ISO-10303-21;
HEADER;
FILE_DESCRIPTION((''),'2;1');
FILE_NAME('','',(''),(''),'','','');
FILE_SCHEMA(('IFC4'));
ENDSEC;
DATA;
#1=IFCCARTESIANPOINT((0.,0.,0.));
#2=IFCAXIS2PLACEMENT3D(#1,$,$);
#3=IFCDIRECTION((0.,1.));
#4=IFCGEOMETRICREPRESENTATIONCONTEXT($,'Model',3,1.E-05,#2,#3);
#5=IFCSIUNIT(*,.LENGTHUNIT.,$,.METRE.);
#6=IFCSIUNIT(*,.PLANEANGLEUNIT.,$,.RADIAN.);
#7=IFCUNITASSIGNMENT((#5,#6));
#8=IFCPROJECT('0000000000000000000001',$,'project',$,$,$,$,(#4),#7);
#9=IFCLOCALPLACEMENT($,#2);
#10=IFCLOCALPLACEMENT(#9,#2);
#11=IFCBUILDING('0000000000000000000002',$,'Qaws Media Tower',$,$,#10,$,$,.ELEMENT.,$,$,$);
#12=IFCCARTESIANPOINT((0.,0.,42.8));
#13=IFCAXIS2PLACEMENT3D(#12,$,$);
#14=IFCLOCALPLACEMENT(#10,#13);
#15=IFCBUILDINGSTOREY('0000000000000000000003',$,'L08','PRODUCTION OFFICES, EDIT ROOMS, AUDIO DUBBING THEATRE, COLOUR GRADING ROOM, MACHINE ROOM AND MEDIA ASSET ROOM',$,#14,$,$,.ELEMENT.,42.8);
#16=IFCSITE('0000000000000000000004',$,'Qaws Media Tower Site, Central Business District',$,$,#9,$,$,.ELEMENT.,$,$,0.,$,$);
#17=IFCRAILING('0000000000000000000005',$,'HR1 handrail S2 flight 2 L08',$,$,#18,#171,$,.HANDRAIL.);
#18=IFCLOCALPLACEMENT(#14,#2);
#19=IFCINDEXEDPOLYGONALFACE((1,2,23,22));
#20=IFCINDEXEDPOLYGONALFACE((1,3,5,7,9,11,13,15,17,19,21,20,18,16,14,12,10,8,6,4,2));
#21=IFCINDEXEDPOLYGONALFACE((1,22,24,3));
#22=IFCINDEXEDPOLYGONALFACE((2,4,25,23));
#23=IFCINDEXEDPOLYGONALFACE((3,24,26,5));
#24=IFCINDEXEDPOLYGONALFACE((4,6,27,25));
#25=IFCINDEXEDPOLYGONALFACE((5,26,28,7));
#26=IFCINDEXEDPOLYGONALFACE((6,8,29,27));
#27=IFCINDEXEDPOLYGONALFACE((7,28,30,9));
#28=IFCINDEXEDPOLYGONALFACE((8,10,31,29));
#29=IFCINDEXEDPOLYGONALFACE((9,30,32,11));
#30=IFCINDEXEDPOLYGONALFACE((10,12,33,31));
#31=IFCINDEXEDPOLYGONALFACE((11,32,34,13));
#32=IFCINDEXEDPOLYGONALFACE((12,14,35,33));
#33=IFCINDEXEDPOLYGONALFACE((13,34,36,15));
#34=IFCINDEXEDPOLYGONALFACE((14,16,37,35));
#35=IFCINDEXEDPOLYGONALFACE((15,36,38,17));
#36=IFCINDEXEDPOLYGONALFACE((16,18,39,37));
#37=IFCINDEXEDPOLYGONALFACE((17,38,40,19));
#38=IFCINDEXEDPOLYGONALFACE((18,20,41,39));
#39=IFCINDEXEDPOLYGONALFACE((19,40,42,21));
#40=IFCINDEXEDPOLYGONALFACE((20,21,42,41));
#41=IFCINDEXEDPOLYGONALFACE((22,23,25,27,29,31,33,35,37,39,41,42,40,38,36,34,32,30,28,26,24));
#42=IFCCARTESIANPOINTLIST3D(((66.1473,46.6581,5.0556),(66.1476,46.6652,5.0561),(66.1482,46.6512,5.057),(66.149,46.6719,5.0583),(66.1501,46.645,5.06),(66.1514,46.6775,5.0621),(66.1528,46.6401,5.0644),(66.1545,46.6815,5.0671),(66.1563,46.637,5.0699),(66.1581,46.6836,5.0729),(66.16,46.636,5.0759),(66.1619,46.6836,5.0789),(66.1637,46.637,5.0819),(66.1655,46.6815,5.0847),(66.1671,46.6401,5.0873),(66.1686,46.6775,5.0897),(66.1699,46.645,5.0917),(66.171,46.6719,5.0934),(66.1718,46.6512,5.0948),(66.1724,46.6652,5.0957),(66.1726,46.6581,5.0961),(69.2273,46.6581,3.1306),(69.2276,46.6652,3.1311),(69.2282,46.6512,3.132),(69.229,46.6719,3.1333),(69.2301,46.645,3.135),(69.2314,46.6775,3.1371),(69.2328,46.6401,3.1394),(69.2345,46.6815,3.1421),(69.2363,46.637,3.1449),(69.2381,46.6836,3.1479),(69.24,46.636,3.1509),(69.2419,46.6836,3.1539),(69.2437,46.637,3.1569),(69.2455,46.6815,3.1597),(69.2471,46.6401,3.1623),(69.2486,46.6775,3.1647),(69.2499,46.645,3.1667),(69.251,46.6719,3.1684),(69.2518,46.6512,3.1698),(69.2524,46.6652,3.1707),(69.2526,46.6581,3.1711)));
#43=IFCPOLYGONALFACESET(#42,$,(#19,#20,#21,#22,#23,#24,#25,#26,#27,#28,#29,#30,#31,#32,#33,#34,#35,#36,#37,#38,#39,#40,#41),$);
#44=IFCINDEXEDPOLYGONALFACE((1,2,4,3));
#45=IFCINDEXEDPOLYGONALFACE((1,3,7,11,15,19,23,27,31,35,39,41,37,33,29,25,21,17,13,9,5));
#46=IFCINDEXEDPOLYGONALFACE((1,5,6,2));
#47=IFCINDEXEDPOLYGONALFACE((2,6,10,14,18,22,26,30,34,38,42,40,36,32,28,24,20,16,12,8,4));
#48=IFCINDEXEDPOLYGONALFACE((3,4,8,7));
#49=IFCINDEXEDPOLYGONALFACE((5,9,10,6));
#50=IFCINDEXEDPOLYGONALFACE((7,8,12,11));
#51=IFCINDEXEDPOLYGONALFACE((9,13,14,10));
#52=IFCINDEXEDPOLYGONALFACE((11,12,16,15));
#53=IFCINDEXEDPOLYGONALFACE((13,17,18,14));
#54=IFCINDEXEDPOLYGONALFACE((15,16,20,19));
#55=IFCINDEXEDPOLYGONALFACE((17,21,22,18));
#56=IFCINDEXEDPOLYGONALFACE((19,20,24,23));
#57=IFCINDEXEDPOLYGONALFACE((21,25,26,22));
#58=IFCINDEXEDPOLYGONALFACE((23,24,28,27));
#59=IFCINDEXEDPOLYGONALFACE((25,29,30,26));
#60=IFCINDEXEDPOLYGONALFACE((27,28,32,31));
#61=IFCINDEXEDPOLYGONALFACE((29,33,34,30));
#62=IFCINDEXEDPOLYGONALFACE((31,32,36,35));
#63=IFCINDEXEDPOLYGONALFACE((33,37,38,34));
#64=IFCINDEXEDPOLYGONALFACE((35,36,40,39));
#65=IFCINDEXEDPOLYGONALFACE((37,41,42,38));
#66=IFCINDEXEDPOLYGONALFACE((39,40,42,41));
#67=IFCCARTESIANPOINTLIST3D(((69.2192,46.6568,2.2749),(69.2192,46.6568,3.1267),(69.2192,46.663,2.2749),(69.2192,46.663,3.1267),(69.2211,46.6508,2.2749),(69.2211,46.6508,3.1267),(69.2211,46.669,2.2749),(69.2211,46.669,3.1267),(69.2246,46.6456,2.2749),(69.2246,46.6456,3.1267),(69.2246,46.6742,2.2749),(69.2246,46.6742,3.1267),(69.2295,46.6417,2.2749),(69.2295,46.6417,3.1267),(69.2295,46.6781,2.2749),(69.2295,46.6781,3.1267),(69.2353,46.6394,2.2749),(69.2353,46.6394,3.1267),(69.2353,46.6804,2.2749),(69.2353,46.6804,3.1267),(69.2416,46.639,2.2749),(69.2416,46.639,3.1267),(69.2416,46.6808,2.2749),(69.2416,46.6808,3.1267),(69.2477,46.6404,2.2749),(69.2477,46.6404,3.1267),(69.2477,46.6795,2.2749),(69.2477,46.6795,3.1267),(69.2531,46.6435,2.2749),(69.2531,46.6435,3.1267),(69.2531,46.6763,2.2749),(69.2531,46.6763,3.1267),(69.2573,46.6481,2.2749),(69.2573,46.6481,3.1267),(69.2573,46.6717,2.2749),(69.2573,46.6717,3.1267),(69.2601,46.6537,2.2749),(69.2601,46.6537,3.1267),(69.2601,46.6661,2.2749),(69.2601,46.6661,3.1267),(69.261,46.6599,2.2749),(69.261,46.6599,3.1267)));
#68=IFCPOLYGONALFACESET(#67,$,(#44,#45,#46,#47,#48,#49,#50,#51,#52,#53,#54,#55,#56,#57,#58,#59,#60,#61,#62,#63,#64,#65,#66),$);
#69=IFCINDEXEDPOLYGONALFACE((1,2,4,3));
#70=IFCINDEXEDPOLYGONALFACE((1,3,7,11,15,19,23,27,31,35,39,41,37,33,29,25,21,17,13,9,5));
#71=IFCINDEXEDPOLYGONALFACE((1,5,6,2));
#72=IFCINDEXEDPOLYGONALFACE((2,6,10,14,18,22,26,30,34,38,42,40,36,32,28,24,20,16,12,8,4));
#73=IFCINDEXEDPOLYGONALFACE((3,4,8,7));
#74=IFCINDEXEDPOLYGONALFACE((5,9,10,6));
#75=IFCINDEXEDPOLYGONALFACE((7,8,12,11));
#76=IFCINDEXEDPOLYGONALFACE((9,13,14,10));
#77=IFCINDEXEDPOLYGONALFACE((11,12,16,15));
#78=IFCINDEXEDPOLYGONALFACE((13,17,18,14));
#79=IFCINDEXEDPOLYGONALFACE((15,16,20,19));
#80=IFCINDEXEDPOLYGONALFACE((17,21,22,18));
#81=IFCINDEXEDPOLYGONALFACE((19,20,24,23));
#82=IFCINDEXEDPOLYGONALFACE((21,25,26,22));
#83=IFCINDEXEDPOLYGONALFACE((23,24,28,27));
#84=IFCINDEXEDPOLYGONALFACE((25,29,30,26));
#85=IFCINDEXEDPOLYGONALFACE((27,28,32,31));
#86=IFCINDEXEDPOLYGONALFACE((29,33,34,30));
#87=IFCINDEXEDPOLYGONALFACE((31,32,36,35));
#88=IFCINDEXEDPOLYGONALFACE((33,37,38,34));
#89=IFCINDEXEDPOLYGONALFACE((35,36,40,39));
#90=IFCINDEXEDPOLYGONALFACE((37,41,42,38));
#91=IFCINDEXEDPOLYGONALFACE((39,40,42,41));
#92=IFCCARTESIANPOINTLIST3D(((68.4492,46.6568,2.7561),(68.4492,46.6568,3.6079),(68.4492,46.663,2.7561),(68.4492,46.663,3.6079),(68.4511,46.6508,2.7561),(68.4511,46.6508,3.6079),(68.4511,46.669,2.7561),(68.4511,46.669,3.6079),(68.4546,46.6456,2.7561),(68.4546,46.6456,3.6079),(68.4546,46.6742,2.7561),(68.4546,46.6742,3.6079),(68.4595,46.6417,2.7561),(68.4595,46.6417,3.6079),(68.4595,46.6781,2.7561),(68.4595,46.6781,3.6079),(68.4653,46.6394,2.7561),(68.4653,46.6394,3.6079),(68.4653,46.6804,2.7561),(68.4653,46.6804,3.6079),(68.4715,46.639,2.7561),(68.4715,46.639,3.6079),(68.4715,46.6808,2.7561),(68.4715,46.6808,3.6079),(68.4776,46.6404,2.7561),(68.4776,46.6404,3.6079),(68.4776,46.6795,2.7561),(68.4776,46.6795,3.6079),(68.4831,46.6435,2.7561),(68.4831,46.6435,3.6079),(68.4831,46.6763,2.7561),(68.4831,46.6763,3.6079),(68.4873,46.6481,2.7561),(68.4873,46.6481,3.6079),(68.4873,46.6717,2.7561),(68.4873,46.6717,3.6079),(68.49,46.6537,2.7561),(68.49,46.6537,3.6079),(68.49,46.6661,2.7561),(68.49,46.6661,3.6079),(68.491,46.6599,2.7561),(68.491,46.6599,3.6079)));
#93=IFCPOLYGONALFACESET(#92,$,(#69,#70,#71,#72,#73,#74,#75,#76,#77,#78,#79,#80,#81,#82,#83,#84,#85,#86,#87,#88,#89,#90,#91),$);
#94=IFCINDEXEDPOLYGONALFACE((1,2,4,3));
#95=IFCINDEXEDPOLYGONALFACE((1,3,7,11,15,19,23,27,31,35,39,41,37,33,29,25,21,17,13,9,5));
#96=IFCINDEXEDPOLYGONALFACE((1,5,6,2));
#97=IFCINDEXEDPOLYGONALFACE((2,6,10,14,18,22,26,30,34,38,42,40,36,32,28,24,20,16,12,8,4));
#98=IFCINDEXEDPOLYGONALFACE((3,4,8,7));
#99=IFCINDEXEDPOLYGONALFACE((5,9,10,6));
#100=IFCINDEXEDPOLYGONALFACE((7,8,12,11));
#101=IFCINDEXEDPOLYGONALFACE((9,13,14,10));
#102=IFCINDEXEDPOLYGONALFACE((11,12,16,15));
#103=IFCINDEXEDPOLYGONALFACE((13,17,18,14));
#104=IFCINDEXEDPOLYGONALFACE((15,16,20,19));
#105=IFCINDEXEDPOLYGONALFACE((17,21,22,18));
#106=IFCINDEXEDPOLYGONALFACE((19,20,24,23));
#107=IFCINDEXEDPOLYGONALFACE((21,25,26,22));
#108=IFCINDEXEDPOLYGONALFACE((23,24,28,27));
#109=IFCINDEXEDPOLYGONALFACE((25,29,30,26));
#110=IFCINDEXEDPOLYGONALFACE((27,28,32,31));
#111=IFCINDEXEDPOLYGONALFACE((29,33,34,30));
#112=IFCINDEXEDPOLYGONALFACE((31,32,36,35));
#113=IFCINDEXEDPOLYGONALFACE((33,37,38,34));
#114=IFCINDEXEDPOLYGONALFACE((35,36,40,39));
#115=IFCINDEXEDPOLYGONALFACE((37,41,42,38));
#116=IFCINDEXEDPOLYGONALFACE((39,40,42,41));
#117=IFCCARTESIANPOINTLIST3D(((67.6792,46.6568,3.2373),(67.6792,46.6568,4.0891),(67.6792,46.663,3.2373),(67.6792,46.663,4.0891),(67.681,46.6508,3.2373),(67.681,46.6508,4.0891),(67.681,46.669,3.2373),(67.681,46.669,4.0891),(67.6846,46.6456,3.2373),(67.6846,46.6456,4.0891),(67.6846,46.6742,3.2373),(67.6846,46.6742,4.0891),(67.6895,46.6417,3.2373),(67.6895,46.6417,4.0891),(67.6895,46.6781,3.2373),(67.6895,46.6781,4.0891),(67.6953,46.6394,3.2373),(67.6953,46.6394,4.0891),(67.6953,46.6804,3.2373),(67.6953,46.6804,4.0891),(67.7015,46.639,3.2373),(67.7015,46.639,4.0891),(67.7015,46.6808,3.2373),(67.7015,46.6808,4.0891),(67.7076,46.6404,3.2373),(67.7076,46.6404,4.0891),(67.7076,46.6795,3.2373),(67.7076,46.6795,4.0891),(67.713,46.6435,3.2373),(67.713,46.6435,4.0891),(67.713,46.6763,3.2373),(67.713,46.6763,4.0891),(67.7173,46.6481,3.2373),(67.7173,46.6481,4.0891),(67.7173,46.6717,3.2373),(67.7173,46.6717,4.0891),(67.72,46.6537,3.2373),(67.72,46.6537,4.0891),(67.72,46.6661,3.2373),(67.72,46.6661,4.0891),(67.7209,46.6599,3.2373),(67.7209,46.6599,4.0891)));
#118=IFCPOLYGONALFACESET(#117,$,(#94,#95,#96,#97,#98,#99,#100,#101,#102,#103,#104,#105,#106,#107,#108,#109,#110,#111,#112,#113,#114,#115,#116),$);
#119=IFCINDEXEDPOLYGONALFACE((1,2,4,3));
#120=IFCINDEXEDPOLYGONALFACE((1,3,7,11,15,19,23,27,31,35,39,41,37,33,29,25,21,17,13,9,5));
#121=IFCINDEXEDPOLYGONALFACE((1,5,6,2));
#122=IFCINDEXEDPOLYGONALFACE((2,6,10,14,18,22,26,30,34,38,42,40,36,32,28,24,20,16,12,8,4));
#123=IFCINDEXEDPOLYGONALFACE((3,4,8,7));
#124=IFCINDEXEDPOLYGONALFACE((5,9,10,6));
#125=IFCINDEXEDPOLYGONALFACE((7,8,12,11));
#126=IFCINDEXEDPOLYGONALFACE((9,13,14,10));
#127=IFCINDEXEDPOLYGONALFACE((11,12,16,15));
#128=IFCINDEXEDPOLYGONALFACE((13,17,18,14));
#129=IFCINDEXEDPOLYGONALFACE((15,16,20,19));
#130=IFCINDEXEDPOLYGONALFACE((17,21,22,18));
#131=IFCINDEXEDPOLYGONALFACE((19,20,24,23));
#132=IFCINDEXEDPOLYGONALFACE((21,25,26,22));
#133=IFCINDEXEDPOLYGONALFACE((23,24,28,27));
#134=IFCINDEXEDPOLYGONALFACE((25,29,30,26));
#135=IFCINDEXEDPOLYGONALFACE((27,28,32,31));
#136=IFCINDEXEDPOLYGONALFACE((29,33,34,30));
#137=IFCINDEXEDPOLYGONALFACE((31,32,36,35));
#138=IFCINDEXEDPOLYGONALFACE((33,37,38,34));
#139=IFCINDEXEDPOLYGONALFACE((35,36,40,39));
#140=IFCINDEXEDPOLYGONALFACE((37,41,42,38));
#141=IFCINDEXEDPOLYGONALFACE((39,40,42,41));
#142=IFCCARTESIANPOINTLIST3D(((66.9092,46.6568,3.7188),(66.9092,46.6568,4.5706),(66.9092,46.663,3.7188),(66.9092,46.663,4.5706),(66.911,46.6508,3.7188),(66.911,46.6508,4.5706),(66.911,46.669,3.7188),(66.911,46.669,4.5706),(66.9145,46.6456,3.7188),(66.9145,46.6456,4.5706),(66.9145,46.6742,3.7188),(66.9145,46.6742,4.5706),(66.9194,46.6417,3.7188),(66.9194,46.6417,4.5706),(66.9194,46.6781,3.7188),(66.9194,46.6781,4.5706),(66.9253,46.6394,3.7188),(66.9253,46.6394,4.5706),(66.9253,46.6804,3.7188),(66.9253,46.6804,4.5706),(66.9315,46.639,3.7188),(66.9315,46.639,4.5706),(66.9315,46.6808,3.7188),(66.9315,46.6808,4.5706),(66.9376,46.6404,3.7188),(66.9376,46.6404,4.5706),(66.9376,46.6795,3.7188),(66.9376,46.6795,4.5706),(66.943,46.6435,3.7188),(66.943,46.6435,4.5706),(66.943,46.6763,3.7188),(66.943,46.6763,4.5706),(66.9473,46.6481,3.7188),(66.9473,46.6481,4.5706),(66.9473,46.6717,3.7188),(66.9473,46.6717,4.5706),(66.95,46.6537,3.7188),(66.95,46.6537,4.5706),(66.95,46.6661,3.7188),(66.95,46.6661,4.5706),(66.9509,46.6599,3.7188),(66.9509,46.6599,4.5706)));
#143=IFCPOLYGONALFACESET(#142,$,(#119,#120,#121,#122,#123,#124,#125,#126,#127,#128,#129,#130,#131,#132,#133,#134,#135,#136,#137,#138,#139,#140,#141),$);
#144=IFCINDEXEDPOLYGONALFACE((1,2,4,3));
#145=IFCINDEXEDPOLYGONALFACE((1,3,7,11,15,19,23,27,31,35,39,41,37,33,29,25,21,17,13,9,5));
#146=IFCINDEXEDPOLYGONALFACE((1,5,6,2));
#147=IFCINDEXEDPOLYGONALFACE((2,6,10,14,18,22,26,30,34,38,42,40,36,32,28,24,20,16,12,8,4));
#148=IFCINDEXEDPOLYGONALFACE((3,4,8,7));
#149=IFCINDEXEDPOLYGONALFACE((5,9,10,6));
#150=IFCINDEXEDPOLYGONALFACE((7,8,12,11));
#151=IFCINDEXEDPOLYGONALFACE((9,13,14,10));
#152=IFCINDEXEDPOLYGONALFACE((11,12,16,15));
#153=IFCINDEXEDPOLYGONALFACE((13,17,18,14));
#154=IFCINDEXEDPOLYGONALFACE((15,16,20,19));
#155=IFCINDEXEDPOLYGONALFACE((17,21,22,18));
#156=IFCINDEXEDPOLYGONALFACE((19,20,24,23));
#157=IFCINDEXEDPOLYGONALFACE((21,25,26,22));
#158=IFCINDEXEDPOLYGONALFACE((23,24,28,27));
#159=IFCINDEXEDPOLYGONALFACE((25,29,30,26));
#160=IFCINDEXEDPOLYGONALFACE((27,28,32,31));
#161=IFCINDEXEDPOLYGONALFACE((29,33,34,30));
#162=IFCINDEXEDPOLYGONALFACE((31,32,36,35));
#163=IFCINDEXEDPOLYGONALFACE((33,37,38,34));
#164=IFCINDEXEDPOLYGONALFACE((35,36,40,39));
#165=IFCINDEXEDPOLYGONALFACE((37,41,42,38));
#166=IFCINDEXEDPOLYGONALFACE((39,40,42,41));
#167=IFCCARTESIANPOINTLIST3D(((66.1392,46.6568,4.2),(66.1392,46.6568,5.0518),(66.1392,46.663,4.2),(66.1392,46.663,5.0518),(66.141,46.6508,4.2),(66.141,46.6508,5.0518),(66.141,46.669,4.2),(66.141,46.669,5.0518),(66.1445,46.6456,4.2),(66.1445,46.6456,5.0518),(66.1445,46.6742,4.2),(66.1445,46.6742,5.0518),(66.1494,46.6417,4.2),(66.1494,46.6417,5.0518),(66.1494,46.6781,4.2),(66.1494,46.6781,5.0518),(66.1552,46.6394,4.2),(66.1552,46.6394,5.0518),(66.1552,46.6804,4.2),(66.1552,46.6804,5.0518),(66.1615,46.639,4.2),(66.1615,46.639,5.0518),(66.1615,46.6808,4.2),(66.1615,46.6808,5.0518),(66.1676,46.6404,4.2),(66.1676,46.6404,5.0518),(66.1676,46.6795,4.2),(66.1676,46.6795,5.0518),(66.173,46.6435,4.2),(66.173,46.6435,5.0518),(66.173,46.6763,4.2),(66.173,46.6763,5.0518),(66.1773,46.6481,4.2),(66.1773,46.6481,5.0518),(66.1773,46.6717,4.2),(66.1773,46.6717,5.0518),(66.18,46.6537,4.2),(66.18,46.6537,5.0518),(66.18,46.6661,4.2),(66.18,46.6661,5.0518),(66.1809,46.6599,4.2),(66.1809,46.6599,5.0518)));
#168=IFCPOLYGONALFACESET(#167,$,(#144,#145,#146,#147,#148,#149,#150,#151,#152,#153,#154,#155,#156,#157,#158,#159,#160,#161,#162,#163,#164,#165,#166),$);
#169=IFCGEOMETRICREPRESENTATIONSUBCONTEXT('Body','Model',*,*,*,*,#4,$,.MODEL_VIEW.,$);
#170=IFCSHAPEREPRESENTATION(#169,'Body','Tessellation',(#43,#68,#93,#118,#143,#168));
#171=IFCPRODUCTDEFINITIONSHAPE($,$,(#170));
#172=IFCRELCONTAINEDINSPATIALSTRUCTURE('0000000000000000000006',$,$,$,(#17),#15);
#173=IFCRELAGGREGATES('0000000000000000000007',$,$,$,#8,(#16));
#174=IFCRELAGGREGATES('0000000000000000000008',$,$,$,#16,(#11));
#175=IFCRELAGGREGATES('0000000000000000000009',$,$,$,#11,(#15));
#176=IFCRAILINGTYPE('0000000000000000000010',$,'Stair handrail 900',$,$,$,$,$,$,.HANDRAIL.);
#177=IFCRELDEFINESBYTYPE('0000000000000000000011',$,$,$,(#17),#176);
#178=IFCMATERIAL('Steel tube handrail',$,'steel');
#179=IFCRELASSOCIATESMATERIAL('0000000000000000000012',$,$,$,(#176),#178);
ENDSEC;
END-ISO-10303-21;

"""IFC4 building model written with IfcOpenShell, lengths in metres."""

from ifc_helpers import new_model, si_unit, direction, frame, origin, origin_2d, place, context, subcontext, project, spatial, circle, extrude, material, type_object, element, save


model = new_model("IFC4")

# Units and contexts
model_context = context("Model", 3, precision=1e-05, world=origin(), true_north=direction((0.0, 1.0)))
body_context = subcontext(model_context, "Body", "Model", "MODEL_VIEW")
ifc_project = project(units=[si_unit("LENGTHUNIT", "METRE"), si_unit("PLANEANGLEUNIT", "RADIAN")], contexts=[model_context])

# Site, building, storey
site_placement = place(None, origin())
site = spatial("IfcSite", under=ifc_project, at=site_placement, Name="Qaws Media Tower Site, Central Business District", CompositionType="ELEMENT", RefElevation=0.0)
building_placement = place(site_placement, origin())
building = spatial("IfcBuilding", under=site, at=building_placement, Name="Qaws Media Tower", CompositionType="ELEMENT")
storey_placement = place(building_placement, frame((0.0, 0.0, 42.8)))
storey = spatial("IfcBuildingStorey", under=building, at=storey_placement, Name="L08", Description="PRODUCTION OFFICES, EDIT ROOMS, AUDIO DUBBING THEATRE, COLOUR GRADING ROOM, MACHINE ROOM AND MEDIA ASSET ROOM", CompositionType="ELEMENT", Elevation=42.8)

# Railing
ifc_material_1 = material(Name="Steel tube handrail", Category="steel")
railing_type = type_object("IfcRailingType", Name="Stair handrail 900", PredefinedType="HANDRAIL", material=ifc_material_1)
railing_placement = place(storey_placement, frame((69.24, 46.6599, 2.2749)))
element("IfcRailing", 1, at=railing_placement, inside=storey, type_object=railing_type, Name="HR1 handrail S2 flight 2 L08", PredefinedType="HANDRAIL", context=body_context, shape_type="SweptSolid", body=[
    extrude(circle(Radius=0.0239, at=origin_2d()), frame((0.0, 0.0, 0.876), z_axis=(-0.847998, 0.0, 0.529999), x_axis=(0.0, -1.0, 0.0)), (0.0, 0.0, 1.0), 3.6321),
    extrude(circle(Radius=0.021, at=origin_2d()), origin(), (0.0, 0.0, 1.0), 0.8518),
    extrude(circle(Radius=0.021, at=origin_2d()), frame((-0.77, 0.0, 0.4812)), (0.0, 0.0, 1.0), 0.8518),
    extrude(circle(Radius=0.021, at=origin_2d()), frame((-1.54, 0.0, 0.9624)), (0.0, 0.0, 1.0), 0.8518),
    extrude(circle(Radius=0.021, at=origin_2d()), frame((-2.3101, 0.0, 1.4438)), (0.0, 0.0, 1.0), 0.8518),
    extrude(circle(Radius=0.021, at=origin_2d()), frame((-3.0801, 0.0, 1.925)), (0.0, 0.0, 1.0), 0.8518),
])

save(model, "model.ifc")
